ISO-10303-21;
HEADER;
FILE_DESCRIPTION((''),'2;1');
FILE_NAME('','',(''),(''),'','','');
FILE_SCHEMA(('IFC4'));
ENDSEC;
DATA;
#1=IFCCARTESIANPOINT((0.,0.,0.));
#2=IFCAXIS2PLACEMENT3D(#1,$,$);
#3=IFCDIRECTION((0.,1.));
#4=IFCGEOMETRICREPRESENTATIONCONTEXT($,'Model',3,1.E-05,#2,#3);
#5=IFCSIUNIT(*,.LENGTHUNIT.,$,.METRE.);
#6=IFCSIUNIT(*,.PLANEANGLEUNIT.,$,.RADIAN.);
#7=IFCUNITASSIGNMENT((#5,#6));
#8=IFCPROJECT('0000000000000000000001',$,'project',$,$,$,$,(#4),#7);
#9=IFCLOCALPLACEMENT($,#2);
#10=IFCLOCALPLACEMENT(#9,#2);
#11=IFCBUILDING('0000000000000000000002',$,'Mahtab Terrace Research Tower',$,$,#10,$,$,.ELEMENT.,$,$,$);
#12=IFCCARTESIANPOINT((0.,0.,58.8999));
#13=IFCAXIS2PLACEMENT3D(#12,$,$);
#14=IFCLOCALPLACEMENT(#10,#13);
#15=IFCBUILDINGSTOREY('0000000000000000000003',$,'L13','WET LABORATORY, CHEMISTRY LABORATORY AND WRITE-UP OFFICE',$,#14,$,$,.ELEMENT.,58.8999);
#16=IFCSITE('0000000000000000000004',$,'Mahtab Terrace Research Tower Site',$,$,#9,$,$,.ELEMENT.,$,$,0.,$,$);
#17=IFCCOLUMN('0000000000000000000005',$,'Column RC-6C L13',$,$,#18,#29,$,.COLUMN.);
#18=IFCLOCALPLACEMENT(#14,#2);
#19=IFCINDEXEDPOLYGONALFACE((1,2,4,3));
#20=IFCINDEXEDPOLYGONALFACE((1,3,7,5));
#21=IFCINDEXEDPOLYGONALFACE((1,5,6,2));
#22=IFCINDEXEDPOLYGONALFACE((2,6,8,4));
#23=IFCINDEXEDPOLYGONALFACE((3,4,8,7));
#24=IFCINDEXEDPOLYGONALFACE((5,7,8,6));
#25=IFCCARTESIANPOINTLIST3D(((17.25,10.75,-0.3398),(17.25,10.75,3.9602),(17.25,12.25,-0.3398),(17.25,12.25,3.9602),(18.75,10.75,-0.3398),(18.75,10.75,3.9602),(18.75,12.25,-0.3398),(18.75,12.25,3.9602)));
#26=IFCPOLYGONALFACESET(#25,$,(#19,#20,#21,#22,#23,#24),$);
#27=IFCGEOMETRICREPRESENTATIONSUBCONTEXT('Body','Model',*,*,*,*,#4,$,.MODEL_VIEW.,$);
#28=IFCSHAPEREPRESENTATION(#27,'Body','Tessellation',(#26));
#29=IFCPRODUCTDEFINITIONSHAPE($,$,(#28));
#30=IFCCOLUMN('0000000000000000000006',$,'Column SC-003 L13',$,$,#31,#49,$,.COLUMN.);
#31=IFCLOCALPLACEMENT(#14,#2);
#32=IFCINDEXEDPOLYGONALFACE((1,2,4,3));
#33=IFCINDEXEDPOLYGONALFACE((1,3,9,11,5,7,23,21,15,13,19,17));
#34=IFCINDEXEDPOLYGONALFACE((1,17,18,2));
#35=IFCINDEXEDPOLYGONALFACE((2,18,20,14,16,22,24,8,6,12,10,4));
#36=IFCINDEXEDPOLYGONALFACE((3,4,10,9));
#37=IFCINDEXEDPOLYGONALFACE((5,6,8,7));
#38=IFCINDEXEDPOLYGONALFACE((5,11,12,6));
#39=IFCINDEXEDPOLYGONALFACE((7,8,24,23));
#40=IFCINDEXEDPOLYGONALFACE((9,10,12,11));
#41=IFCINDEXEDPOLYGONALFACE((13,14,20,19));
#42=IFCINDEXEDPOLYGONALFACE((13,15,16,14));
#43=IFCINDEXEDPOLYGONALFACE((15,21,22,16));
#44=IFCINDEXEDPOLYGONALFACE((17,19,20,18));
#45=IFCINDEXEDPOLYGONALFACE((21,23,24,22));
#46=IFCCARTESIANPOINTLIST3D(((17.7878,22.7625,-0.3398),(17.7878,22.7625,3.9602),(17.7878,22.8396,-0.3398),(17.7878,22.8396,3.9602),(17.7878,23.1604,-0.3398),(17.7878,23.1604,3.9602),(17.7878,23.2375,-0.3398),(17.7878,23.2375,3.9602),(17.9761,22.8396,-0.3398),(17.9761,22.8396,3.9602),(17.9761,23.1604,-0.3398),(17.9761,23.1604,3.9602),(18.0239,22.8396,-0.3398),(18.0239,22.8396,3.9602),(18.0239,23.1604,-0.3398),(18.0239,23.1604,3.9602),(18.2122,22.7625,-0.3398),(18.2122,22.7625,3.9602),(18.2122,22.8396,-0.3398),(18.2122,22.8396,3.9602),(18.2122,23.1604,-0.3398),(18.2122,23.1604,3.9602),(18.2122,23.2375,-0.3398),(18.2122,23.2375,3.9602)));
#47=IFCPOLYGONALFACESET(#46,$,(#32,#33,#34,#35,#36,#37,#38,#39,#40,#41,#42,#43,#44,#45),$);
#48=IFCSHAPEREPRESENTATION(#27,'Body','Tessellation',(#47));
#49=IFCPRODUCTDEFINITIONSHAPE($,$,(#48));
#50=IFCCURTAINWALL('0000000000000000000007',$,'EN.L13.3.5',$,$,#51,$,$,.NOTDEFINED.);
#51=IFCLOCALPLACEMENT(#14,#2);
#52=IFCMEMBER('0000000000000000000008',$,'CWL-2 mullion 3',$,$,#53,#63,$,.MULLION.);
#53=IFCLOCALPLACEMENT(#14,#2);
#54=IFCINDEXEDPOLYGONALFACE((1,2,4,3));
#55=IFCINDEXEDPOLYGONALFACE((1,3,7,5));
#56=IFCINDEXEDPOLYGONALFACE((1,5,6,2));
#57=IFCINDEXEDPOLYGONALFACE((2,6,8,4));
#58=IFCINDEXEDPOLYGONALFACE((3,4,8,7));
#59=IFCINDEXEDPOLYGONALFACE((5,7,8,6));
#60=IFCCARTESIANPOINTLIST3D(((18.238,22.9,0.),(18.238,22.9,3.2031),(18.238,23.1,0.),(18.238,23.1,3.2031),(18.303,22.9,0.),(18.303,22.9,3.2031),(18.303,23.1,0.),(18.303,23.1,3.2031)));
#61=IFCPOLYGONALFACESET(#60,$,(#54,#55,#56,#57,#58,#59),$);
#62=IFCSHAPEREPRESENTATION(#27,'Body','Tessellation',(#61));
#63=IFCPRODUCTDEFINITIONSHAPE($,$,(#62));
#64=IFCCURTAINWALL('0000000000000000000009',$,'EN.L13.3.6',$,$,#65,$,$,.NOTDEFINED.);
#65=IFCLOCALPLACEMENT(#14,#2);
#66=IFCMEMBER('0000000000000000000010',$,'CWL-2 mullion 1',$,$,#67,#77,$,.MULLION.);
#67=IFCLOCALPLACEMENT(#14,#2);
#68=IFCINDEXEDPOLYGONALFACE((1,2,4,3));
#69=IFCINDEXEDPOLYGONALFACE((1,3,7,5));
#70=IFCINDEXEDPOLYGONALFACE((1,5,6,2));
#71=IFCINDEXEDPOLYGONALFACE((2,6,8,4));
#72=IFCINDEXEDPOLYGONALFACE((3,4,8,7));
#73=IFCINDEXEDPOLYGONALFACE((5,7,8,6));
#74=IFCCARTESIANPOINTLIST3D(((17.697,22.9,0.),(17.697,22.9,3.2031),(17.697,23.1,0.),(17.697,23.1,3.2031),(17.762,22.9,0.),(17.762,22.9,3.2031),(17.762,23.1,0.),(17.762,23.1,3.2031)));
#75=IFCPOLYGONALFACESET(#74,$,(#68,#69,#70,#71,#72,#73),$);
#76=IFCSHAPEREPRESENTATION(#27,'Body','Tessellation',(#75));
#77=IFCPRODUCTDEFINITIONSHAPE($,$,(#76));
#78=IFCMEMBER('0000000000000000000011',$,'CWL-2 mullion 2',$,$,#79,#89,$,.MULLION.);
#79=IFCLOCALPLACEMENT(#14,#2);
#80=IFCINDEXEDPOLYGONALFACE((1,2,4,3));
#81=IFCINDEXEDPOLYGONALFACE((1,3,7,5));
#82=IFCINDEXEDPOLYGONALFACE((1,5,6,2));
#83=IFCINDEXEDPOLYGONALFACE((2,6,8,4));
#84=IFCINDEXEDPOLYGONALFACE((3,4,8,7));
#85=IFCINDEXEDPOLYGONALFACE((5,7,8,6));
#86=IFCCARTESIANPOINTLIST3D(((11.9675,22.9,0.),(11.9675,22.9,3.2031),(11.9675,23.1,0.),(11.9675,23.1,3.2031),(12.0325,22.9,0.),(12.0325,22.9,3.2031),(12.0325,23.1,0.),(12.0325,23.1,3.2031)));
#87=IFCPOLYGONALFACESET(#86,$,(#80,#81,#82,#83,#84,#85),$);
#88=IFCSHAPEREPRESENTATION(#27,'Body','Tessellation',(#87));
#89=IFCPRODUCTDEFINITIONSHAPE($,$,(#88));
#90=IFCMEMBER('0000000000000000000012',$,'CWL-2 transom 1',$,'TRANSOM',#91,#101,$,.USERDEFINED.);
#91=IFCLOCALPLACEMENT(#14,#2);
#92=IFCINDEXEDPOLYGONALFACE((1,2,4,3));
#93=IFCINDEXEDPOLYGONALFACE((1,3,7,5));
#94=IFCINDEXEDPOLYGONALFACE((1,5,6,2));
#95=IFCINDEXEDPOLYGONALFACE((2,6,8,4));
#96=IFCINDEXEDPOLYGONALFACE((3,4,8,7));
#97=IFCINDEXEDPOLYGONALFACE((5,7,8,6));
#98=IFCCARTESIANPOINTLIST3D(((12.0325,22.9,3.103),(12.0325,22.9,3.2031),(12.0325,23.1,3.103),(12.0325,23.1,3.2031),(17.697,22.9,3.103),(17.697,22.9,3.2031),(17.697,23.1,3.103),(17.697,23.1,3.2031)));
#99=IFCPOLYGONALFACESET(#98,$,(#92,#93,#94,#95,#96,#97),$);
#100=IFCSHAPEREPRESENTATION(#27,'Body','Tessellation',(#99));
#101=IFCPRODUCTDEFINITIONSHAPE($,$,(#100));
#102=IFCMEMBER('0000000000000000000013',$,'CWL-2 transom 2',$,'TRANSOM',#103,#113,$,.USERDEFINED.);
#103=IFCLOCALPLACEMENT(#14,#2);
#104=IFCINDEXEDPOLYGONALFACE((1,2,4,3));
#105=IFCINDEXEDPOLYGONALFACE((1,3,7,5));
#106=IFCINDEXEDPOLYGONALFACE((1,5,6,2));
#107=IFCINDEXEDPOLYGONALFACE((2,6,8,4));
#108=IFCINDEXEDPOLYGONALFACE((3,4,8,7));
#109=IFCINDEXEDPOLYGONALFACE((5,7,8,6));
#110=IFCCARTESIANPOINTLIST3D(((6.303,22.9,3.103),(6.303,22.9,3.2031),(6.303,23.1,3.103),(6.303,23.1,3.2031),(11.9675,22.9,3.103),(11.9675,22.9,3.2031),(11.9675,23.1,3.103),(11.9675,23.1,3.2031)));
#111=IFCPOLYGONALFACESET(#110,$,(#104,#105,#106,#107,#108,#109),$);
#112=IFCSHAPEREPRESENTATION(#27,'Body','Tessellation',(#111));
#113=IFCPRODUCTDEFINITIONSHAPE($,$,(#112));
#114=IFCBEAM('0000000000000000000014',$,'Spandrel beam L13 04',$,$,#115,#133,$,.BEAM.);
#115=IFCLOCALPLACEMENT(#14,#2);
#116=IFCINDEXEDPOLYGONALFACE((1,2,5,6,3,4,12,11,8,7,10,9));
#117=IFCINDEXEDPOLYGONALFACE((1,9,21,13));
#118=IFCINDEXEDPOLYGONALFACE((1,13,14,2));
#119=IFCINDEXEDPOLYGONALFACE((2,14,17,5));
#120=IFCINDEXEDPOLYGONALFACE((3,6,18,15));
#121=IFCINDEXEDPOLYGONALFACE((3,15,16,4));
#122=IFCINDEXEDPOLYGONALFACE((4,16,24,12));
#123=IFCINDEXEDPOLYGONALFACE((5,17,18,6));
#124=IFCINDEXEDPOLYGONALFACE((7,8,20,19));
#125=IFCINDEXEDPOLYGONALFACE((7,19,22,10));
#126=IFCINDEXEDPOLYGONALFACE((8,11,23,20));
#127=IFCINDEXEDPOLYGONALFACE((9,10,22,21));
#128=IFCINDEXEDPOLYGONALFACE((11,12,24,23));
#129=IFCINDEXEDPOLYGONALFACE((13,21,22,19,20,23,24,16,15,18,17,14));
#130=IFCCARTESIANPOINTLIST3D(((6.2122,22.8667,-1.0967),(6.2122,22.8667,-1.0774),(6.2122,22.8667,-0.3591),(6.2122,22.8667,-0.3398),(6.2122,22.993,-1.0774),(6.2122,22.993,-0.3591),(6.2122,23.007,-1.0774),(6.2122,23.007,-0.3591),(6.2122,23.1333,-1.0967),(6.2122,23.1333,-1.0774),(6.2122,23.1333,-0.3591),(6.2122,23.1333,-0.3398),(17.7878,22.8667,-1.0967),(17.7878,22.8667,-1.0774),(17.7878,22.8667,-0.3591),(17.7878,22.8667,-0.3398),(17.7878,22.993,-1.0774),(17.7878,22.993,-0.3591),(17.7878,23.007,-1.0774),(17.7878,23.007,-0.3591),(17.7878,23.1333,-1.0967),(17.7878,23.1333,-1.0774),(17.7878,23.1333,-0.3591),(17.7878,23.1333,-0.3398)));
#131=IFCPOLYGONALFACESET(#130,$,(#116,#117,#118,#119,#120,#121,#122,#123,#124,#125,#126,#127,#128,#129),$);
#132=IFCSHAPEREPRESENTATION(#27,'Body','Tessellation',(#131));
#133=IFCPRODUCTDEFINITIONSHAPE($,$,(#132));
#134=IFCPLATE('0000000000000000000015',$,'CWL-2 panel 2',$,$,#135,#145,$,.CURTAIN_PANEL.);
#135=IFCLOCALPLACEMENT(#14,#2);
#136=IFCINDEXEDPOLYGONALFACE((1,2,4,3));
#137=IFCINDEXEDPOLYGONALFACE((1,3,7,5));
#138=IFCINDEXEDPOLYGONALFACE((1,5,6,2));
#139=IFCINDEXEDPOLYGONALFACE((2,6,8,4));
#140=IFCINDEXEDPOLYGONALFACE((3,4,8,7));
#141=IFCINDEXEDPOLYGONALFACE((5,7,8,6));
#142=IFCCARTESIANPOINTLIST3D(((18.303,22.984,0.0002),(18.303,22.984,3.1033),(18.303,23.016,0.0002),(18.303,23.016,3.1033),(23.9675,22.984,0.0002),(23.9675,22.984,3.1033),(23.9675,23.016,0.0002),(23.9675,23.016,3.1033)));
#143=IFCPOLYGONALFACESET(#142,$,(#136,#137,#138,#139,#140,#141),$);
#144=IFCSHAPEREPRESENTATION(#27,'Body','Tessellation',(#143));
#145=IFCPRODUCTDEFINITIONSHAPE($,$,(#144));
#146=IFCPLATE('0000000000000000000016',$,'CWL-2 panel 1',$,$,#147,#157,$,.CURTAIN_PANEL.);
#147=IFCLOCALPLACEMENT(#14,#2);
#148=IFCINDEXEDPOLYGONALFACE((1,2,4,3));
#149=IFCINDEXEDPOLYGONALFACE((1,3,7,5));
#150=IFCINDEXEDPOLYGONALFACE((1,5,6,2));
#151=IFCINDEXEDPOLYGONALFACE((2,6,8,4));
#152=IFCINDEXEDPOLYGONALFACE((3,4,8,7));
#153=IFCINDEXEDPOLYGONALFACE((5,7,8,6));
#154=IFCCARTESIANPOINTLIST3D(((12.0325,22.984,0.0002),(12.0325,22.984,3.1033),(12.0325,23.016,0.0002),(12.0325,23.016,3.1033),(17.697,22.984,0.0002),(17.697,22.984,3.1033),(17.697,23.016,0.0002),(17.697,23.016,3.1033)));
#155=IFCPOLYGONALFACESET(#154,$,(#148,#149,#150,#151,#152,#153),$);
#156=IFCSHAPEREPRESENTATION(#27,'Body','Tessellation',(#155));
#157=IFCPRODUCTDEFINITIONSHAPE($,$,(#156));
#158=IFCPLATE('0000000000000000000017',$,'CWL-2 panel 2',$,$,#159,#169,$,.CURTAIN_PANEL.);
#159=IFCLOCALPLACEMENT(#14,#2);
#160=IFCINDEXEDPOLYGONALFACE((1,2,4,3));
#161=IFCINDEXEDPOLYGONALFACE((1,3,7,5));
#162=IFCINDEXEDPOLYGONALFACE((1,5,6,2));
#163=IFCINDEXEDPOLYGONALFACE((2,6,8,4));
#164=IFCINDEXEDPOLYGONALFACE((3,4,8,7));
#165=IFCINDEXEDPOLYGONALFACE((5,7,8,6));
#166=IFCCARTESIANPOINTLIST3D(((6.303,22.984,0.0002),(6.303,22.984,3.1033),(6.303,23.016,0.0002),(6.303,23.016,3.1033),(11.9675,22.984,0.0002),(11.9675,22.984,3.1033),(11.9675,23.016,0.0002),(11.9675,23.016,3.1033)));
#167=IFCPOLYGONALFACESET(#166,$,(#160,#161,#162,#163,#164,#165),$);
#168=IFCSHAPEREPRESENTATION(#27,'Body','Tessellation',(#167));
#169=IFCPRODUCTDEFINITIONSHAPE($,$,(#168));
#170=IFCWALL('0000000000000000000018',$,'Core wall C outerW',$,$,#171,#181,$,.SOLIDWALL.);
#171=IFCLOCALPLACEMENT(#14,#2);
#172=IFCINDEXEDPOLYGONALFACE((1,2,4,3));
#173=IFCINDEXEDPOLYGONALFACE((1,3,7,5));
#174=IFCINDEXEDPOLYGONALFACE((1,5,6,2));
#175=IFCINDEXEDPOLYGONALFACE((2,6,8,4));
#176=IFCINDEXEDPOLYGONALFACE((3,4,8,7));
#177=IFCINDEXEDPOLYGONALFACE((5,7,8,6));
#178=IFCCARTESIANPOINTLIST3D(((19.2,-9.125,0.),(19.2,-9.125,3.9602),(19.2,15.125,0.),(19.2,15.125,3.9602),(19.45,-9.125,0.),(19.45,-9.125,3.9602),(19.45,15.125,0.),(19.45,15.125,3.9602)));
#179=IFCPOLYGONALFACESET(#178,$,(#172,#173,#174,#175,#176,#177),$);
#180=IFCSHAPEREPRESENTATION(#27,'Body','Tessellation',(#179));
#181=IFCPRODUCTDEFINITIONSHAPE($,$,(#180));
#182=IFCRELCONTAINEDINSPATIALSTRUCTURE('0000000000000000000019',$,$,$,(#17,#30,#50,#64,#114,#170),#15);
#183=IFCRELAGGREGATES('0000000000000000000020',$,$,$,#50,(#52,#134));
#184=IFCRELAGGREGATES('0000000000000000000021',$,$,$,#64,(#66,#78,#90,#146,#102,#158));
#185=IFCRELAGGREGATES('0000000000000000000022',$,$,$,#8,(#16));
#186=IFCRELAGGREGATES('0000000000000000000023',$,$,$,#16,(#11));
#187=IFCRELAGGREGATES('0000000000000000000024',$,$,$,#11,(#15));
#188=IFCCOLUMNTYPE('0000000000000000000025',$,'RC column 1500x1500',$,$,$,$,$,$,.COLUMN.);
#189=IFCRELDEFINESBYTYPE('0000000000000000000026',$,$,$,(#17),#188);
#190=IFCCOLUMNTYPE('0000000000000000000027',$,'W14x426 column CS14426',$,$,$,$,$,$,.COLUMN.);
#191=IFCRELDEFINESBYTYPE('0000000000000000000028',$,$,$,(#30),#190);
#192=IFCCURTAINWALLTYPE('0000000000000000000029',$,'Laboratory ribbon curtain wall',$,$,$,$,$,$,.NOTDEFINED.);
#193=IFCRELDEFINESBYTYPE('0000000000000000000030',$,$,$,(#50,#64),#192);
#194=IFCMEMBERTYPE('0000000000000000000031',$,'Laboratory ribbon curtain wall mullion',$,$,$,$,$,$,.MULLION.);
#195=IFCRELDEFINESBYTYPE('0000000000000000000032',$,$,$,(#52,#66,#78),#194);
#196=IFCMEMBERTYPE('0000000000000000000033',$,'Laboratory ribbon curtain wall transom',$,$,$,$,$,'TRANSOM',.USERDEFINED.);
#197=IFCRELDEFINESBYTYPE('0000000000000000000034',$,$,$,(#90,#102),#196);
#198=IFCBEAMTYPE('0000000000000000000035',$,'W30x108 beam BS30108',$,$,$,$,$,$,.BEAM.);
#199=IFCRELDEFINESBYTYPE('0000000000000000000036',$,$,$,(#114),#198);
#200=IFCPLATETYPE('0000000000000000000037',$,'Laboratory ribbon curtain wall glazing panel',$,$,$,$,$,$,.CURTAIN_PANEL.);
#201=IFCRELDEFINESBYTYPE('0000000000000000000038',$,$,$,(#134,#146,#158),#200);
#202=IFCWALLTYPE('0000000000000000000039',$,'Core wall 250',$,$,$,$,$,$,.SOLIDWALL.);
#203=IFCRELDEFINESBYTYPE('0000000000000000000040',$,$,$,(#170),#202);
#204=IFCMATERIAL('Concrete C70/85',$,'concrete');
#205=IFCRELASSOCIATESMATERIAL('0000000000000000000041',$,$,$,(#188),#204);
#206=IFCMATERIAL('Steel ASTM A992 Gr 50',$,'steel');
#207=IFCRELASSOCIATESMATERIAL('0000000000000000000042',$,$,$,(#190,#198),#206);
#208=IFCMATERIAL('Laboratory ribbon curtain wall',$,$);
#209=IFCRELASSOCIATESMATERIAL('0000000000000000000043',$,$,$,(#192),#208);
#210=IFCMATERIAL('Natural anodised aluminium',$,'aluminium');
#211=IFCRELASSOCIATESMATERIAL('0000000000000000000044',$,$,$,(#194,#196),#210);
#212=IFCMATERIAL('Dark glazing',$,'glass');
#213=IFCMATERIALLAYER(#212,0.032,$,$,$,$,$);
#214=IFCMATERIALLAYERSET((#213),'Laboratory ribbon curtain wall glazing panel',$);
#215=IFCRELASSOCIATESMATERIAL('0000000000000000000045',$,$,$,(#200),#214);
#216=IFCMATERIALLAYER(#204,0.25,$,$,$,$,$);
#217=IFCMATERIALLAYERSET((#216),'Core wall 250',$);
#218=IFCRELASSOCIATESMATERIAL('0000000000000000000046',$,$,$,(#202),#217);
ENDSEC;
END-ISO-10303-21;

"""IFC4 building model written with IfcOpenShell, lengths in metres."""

from ifc_helpers import new_model, si_unit, direction, frame, frame_2d, origin, origin_2d, place, context, subcontext, project, spatial, rectangle, i_section, extrude, material, layer, layer_set, material_profile, profile_set, type_object, element, aggregate, save


model = new_model("IFC4")

# Units and contexts
model_context = context("Model", 3, precision=1e-05, world=origin(), true_north=direction((0.0, 1.0)))
body_context = subcontext(model_context, "Body", "Model", "MODEL_VIEW")
ifc_project = project(units=[si_unit("LENGTHUNIT", "METRE"), si_unit("PLANEANGLEUNIT", "RADIAN")], contexts=[model_context])

# Site, building, storey
site_placement = place(None, origin())
site = spatial("IfcSite", under=ifc_project, at=site_placement, Name="Mahtab Terrace Research Tower Site", CompositionType="ELEMENT", RefElevation=0.0)
building_placement = place(site_placement, origin())
building = spatial("IfcBuilding", under=site, at=building_placement, Name="Mahtab Terrace Research Tower", CompositionType="ELEMENT")
storey_placement = place(building_placement, frame((0.0, 0.0, 58.8999)))
storey = spatial("IfcBuildingStorey", under=building, at=storey_placement, Name="L13", Description="WET LABORATORY, CHEMISTRY LABORATORY AND WRITE-UP OFFICE", CompositionType="ELEMENT", Elevation=58.8999)

# Columns
ifc_material_1 = material(Name="Concrete C70/85", Category="concrete")
ifc_material_profile_1 = material_profile(ifc_material_1, rectangle(XDim=1.5, YDim=1.5, at=origin_2d()), Name="RC column 1500x1500")
ifc_profile_set_1 = profile_set([ifc_material_profile_1], Name="Concrete C70/85")
column_type_1 = type_object("IfcColumnType", Name="RC column 1500x1500", PredefinedType="COLUMN", material=ifc_profile_set_1)
column_1_placement = place(storey_placement, frame((18.0, 11.5, -0.3398), z_axis=(0.0, 0.0, 1.0), x_axis=(1.0, 0.0, 0.0)))
element("IfcColumn", 1, at=column_1_placement, inside=storey, type_object=column_type_1, Name="Column RC-6C L13", PredefinedType="COLUMN", context=body_context, shape_type="SweptSolid", body=[
    extrude(rectangle(XDim=1.5, YDim=1.5, at=origin_2d()), origin(), (0.0, 0.0, 1.0), 4.3),
])
ifc_material_2 = material(Name="Steel ASTM A992 Gr 50", Category="steel")
ifc_material_profile_2 = material_profile(ifc_material_2, i_section(OverallWidth=0.4243, OverallDepth=0.4751, WebThickness=0.0479, FlangeThickness=0.0771, at=origin_2d()), Name="W14X426")
ifc_profile_set_2 = profile_set([ifc_material_profile_2], Name="Steel ASTM A992 Gr 50")
column_type_2 = type_object("IfcColumnType", Name="W14x426 column CS14426", PredefinedType="COLUMN", material=ifc_profile_set_2)
column_2_placement = place(storey_placement, frame((18.0, 23.0, -0.3398), z_axis=(0.0, 0.0, 1.0), x_axis=(1.0, 0.0, 0.0)))
element("IfcColumn", 2, at=column_2_placement, inside=storey, type_object=column_type_2, Name="Column SC-003 L13", PredefinedType="COLUMN", context=body_context, shape_type="SweptSolid", body=[
    extrude(i_section(OverallWidth=0.4243, OverallDepth=0.4751, WebThickness=0.0479, FlangeThickness=0.0771, at=origin_2d()), origin(), (0.0, 0.0, 1.0), 4.3),
])

# Curtain wall, member
ifc_material_3 = material(Name="Laboratory ribbon curtain wall")
curtain_wall_type = type_object("IfcCurtainWallType", Name="Laboratory ribbon curtain wall", PredefinedType="NOTDEFINED", material=ifc_material_3)
curtain_wall_1_placement = place(storey_placement, origin())
curtain_wall_1 = element("IfcCurtainWall", 3, at=curtain_wall_1_placement, inside=storey, type_object=curtain_wall_type, Name="EN.L13.3.5", PredefinedType="NOTDEFINED")
ifc_material_4 = material(Name="Natural anodised aluminium", Category="aluminium")
ifc_material_profile_3 = material_profile(ifc_material_4, rectangle(XDim=0.2, YDim=0.0649, at=origin_2d()), Name="MULLION 65x200")
ifc_profile_set_3 = profile_set([ifc_material_profile_3], Name="Natural anodised aluminium")
member_type_1 = type_object("IfcMemberType", Name="Laboratory ribbon curtain wall mullion", PredefinedType="MULLION", material=ifc_profile_set_3)
member_1_placement = place(storey_placement, frame((18.2705, 23.0, 0.0), z_axis=(0.0, 0.0, 1.0), x_axis=(0.0, -1.0, 0.0)))
member_1 = element("IfcMember", 4, at=member_1_placement, type_object=member_type_1, Name="CWL-2 mullion 3", PredefinedType="MULLION", context=body_context, shape_type="SweptSolid", body=[
    extrude(rectangle(XDim=0.2, YDim=0.0649, at=origin_2d()), origin(), (0.0, 0.0, 1.0), 3.2031),
])

# Curtain wall, members
curtain_wall_2_placement = place(storey_placement, origin())
curtain_wall_2 = element("IfcCurtainWall", 5, at=curtain_wall_2_placement, inside=storey, type_object=curtain_wall_type, Name="EN.L13.3.6", PredefinedType="NOTDEFINED")
member_2_placement = place(storey_placement, frame((17.7295, 23.0, 0.0), z_axis=(0.0, 0.0, 1.0), x_axis=(0.0, -1.0, 0.0)))
member_2 = element("IfcMember", 6, at=member_2_placement, type_object=member_type_1, Name="CWL-2 mullion 1", PredefinedType="MULLION", context=body_context, shape_type="SweptSolid", body=[
    extrude(rectangle(XDim=0.2, YDim=0.0649, at=origin_2d()), origin(), (0.0, 0.0, 1.0), 3.2031),
])
member_3_placement = place(storey_placement, frame((12.0, 23.0, 0.0), z_axis=(0.0, 0.0, 1.0), x_axis=(0.0, -1.0, 0.0)))
member_3 = element("IfcMember", 7, at=member_3_placement, type_object=member_type_1, Name="CWL-2 mullion 2", PredefinedType="MULLION", context=body_context, shape_type="SweptSolid", body=[
    extrude(rectangle(XDim=0.2, YDim=0.0649, at=origin_2d()), origin(), (0.0, 0.0, 1.0), 3.2031),
])
ifc_material_profile_4 = material_profile(ifc_material_4, rectangle(XDim=0.2, YDim=0.1001, at=origin_2d()), Name="TRANSOM 100x200")
ifc_profile_set_4 = profile_set([ifc_material_profile_4], Name="Natural anodised aluminium")
member_type_2 = type_object("IfcMemberType", Name="Laboratory ribbon curtain wall transom", ElementType="TRANSOM", PredefinedType="USERDEFINED", material=ifc_profile_set_4)
member_4_placement = place(storey_placement, frame((17.697, 23.0, 3.1531), z_axis=(-1.0, 0.0, 0.0), x_axis=(0.0, -1.0, 0.0)))
member_4 = element("IfcMember", 8, at=member_4_placement, type_object=member_type_2, Name="CWL-2 transom 1", ObjectType="TRANSOM", PredefinedType="USERDEFINED", context=body_context, shape_type="SweptSolid", body=[
    extrude(rectangle(XDim=0.2, YDim=0.1001, at=origin_2d()), origin(), (0.0, 0.0, 1.0), 5.6646),
])
member_5_placement = place(storey_placement, frame((11.9675, 23.0, 3.1531), z_axis=(-1.0, 0.0, 0.0), x_axis=(0.0, -1.0, 0.0)))
member_5 = element("IfcMember", 9, at=member_5_placement, type_object=member_type_2, Name="CWL-2 transom 2", ObjectType="TRANSOM", PredefinedType="USERDEFINED", context=body_context, shape_type="SweptSolid", body=[
    extrude(rectangle(XDim=0.2, YDim=0.1001, at=origin_2d()), origin(), (0.0, 0.0, 1.0), 5.6646),
])

# Beam
ifc_material_profile_5 = material_profile(ifc_material_2, i_section(OverallWidth=0.2666, OverallDepth=0.7568, WebThickness=0.0139, FlangeThickness=0.0193, at=origin_2d()), Name="W30X108")
ifc_profile_set_5 = profile_set([ifc_material_profile_5], Name="Steel ASTM A992 Gr 50")
beam_type = type_object("IfcBeamType", Name="W30x108 beam BS30108", PredefinedType="BEAM", material=ifc_profile_set_5)
beam_placement = place(storey_placement, frame((17.7878, 23.0, -0.7183), z_axis=(-1.0, 0.0, 0.0), x_axis=(0.0, -1.0, 0.0)))
element("IfcBeam", 10, at=beam_placement, inside=storey, type_object=beam_type, Name="Spandrel beam L13 04", PredefinedType="BEAM", context=body_context, shape_type="SweptSolid", body=[
    extrude(i_section(OverallWidth=0.2666, OverallDepth=0.7568, WebThickness=0.0139, FlangeThickness=0.0193, at=origin_2d()), origin(), (0.0, 0.0, 1.0), 11.5757),
])

# Plates
ifc_material_5 = material(Name="Dark glazing", Category="glass")
ifc_layer_1 = layer(ifc_material_5, 0.032)
ifc_layer_set_1 = layer_set([ifc_layer_1], Name="Laboratory ribbon curtain wall glazing panel")
plate_type = type_object("IfcPlateType", Name="Laboratory ribbon curtain wall glazing panel", PredefinedType="CURTAIN_PANEL", material=ifc_layer_set_1)
plate_1_placement = place(storey_placement, frame((21.1353, 23.0, 0.0002), z_axis=(0.0, 0.0, 1.0), x_axis=(-1.0, 0.0, 0.0)))
plate_1 = element("IfcPlate", 11, at=plate_1_placement, type_object=plate_type, Name="CWL-2 panel 2", PredefinedType="CURTAIN_PANEL", context=body_context, shape_type="SweptSolid", body=[
    extrude(rectangle(XDim=5.6646, YDim=0.032, at=origin_2d()), origin(), (0.0, 0.0, 1.0), 3.103),
])
aggregate(curtain_wall_1, [member_1, plate_1])
plate_2_placement = place(storey_placement, frame((14.8647, 23.0, 0.0002), z_axis=(0.0, 0.0, 1.0), x_axis=(-1.0, 0.0, 0.0)))
plate_2 = element("IfcPlate", 12, at=plate_2_placement, type_object=plate_type, Name="CWL-2 panel 1", PredefinedType="CURTAIN_PANEL", context=body_context, shape_type="SweptSolid", body=[
    extrude(rectangle(XDim=5.6646, YDim=0.032, at=origin_2d()), origin(), (0.0, 0.0, 1.0), 3.103),
])
plate_3_placement = place(storey_placement, frame((9.1353, 23.0, 0.0002), z_axis=(0.0, 0.0, 1.0), x_axis=(-1.0, 0.0, 0.0)))
plate_3 = element("IfcPlate", 13, at=plate_3_placement, type_object=plate_type, Name="CWL-2 panel 2", PredefinedType="CURTAIN_PANEL", context=body_context, shape_type="SweptSolid", body=[
    extrude(rectangle(XDim=5.6646, YDim=0.032, at=origin_2d()), origin(), (0.0, 0.0, 1.0), 3.103),
])
aggregate(curtain_wall_2, [member_2, member_3, member_4, plate_2, member_5, plate_3])

# Wall
ifc_layer_2 = layer(ifc_material_1, 0.25)
ifc_layer_set_2 = layer_set([ifc_layer_2], Name="Core wall 250")
wall_type_1 = type_object("IfcWallType", Name="Core wall 250", PredefinedType="SOLIDWALL", material=ifc_layer_set_2)
wall_1_placement = place(storey_placement, frame((19.325, 15.125, 0.0), z_axis=(0.0, 0.0, 1.0), x_axis=(0.0, -1.0, 0.0)))
element("IfcWall", 14, at=wall_1_placement, inside=storey, type_object=wall_type_1, Name="Core wall C outerW", PredefinedType="SOLIDWALL", context=body_context, shape_type="SweptSolid", body=[
    extrude(rectangle(XDim=24.25, YDim=0.25, at=frame_2d((12.125, 0.0))), origin(), (0.0, 0.0, 1.0), 3.9602),
])

save(model, "model.ifc")
